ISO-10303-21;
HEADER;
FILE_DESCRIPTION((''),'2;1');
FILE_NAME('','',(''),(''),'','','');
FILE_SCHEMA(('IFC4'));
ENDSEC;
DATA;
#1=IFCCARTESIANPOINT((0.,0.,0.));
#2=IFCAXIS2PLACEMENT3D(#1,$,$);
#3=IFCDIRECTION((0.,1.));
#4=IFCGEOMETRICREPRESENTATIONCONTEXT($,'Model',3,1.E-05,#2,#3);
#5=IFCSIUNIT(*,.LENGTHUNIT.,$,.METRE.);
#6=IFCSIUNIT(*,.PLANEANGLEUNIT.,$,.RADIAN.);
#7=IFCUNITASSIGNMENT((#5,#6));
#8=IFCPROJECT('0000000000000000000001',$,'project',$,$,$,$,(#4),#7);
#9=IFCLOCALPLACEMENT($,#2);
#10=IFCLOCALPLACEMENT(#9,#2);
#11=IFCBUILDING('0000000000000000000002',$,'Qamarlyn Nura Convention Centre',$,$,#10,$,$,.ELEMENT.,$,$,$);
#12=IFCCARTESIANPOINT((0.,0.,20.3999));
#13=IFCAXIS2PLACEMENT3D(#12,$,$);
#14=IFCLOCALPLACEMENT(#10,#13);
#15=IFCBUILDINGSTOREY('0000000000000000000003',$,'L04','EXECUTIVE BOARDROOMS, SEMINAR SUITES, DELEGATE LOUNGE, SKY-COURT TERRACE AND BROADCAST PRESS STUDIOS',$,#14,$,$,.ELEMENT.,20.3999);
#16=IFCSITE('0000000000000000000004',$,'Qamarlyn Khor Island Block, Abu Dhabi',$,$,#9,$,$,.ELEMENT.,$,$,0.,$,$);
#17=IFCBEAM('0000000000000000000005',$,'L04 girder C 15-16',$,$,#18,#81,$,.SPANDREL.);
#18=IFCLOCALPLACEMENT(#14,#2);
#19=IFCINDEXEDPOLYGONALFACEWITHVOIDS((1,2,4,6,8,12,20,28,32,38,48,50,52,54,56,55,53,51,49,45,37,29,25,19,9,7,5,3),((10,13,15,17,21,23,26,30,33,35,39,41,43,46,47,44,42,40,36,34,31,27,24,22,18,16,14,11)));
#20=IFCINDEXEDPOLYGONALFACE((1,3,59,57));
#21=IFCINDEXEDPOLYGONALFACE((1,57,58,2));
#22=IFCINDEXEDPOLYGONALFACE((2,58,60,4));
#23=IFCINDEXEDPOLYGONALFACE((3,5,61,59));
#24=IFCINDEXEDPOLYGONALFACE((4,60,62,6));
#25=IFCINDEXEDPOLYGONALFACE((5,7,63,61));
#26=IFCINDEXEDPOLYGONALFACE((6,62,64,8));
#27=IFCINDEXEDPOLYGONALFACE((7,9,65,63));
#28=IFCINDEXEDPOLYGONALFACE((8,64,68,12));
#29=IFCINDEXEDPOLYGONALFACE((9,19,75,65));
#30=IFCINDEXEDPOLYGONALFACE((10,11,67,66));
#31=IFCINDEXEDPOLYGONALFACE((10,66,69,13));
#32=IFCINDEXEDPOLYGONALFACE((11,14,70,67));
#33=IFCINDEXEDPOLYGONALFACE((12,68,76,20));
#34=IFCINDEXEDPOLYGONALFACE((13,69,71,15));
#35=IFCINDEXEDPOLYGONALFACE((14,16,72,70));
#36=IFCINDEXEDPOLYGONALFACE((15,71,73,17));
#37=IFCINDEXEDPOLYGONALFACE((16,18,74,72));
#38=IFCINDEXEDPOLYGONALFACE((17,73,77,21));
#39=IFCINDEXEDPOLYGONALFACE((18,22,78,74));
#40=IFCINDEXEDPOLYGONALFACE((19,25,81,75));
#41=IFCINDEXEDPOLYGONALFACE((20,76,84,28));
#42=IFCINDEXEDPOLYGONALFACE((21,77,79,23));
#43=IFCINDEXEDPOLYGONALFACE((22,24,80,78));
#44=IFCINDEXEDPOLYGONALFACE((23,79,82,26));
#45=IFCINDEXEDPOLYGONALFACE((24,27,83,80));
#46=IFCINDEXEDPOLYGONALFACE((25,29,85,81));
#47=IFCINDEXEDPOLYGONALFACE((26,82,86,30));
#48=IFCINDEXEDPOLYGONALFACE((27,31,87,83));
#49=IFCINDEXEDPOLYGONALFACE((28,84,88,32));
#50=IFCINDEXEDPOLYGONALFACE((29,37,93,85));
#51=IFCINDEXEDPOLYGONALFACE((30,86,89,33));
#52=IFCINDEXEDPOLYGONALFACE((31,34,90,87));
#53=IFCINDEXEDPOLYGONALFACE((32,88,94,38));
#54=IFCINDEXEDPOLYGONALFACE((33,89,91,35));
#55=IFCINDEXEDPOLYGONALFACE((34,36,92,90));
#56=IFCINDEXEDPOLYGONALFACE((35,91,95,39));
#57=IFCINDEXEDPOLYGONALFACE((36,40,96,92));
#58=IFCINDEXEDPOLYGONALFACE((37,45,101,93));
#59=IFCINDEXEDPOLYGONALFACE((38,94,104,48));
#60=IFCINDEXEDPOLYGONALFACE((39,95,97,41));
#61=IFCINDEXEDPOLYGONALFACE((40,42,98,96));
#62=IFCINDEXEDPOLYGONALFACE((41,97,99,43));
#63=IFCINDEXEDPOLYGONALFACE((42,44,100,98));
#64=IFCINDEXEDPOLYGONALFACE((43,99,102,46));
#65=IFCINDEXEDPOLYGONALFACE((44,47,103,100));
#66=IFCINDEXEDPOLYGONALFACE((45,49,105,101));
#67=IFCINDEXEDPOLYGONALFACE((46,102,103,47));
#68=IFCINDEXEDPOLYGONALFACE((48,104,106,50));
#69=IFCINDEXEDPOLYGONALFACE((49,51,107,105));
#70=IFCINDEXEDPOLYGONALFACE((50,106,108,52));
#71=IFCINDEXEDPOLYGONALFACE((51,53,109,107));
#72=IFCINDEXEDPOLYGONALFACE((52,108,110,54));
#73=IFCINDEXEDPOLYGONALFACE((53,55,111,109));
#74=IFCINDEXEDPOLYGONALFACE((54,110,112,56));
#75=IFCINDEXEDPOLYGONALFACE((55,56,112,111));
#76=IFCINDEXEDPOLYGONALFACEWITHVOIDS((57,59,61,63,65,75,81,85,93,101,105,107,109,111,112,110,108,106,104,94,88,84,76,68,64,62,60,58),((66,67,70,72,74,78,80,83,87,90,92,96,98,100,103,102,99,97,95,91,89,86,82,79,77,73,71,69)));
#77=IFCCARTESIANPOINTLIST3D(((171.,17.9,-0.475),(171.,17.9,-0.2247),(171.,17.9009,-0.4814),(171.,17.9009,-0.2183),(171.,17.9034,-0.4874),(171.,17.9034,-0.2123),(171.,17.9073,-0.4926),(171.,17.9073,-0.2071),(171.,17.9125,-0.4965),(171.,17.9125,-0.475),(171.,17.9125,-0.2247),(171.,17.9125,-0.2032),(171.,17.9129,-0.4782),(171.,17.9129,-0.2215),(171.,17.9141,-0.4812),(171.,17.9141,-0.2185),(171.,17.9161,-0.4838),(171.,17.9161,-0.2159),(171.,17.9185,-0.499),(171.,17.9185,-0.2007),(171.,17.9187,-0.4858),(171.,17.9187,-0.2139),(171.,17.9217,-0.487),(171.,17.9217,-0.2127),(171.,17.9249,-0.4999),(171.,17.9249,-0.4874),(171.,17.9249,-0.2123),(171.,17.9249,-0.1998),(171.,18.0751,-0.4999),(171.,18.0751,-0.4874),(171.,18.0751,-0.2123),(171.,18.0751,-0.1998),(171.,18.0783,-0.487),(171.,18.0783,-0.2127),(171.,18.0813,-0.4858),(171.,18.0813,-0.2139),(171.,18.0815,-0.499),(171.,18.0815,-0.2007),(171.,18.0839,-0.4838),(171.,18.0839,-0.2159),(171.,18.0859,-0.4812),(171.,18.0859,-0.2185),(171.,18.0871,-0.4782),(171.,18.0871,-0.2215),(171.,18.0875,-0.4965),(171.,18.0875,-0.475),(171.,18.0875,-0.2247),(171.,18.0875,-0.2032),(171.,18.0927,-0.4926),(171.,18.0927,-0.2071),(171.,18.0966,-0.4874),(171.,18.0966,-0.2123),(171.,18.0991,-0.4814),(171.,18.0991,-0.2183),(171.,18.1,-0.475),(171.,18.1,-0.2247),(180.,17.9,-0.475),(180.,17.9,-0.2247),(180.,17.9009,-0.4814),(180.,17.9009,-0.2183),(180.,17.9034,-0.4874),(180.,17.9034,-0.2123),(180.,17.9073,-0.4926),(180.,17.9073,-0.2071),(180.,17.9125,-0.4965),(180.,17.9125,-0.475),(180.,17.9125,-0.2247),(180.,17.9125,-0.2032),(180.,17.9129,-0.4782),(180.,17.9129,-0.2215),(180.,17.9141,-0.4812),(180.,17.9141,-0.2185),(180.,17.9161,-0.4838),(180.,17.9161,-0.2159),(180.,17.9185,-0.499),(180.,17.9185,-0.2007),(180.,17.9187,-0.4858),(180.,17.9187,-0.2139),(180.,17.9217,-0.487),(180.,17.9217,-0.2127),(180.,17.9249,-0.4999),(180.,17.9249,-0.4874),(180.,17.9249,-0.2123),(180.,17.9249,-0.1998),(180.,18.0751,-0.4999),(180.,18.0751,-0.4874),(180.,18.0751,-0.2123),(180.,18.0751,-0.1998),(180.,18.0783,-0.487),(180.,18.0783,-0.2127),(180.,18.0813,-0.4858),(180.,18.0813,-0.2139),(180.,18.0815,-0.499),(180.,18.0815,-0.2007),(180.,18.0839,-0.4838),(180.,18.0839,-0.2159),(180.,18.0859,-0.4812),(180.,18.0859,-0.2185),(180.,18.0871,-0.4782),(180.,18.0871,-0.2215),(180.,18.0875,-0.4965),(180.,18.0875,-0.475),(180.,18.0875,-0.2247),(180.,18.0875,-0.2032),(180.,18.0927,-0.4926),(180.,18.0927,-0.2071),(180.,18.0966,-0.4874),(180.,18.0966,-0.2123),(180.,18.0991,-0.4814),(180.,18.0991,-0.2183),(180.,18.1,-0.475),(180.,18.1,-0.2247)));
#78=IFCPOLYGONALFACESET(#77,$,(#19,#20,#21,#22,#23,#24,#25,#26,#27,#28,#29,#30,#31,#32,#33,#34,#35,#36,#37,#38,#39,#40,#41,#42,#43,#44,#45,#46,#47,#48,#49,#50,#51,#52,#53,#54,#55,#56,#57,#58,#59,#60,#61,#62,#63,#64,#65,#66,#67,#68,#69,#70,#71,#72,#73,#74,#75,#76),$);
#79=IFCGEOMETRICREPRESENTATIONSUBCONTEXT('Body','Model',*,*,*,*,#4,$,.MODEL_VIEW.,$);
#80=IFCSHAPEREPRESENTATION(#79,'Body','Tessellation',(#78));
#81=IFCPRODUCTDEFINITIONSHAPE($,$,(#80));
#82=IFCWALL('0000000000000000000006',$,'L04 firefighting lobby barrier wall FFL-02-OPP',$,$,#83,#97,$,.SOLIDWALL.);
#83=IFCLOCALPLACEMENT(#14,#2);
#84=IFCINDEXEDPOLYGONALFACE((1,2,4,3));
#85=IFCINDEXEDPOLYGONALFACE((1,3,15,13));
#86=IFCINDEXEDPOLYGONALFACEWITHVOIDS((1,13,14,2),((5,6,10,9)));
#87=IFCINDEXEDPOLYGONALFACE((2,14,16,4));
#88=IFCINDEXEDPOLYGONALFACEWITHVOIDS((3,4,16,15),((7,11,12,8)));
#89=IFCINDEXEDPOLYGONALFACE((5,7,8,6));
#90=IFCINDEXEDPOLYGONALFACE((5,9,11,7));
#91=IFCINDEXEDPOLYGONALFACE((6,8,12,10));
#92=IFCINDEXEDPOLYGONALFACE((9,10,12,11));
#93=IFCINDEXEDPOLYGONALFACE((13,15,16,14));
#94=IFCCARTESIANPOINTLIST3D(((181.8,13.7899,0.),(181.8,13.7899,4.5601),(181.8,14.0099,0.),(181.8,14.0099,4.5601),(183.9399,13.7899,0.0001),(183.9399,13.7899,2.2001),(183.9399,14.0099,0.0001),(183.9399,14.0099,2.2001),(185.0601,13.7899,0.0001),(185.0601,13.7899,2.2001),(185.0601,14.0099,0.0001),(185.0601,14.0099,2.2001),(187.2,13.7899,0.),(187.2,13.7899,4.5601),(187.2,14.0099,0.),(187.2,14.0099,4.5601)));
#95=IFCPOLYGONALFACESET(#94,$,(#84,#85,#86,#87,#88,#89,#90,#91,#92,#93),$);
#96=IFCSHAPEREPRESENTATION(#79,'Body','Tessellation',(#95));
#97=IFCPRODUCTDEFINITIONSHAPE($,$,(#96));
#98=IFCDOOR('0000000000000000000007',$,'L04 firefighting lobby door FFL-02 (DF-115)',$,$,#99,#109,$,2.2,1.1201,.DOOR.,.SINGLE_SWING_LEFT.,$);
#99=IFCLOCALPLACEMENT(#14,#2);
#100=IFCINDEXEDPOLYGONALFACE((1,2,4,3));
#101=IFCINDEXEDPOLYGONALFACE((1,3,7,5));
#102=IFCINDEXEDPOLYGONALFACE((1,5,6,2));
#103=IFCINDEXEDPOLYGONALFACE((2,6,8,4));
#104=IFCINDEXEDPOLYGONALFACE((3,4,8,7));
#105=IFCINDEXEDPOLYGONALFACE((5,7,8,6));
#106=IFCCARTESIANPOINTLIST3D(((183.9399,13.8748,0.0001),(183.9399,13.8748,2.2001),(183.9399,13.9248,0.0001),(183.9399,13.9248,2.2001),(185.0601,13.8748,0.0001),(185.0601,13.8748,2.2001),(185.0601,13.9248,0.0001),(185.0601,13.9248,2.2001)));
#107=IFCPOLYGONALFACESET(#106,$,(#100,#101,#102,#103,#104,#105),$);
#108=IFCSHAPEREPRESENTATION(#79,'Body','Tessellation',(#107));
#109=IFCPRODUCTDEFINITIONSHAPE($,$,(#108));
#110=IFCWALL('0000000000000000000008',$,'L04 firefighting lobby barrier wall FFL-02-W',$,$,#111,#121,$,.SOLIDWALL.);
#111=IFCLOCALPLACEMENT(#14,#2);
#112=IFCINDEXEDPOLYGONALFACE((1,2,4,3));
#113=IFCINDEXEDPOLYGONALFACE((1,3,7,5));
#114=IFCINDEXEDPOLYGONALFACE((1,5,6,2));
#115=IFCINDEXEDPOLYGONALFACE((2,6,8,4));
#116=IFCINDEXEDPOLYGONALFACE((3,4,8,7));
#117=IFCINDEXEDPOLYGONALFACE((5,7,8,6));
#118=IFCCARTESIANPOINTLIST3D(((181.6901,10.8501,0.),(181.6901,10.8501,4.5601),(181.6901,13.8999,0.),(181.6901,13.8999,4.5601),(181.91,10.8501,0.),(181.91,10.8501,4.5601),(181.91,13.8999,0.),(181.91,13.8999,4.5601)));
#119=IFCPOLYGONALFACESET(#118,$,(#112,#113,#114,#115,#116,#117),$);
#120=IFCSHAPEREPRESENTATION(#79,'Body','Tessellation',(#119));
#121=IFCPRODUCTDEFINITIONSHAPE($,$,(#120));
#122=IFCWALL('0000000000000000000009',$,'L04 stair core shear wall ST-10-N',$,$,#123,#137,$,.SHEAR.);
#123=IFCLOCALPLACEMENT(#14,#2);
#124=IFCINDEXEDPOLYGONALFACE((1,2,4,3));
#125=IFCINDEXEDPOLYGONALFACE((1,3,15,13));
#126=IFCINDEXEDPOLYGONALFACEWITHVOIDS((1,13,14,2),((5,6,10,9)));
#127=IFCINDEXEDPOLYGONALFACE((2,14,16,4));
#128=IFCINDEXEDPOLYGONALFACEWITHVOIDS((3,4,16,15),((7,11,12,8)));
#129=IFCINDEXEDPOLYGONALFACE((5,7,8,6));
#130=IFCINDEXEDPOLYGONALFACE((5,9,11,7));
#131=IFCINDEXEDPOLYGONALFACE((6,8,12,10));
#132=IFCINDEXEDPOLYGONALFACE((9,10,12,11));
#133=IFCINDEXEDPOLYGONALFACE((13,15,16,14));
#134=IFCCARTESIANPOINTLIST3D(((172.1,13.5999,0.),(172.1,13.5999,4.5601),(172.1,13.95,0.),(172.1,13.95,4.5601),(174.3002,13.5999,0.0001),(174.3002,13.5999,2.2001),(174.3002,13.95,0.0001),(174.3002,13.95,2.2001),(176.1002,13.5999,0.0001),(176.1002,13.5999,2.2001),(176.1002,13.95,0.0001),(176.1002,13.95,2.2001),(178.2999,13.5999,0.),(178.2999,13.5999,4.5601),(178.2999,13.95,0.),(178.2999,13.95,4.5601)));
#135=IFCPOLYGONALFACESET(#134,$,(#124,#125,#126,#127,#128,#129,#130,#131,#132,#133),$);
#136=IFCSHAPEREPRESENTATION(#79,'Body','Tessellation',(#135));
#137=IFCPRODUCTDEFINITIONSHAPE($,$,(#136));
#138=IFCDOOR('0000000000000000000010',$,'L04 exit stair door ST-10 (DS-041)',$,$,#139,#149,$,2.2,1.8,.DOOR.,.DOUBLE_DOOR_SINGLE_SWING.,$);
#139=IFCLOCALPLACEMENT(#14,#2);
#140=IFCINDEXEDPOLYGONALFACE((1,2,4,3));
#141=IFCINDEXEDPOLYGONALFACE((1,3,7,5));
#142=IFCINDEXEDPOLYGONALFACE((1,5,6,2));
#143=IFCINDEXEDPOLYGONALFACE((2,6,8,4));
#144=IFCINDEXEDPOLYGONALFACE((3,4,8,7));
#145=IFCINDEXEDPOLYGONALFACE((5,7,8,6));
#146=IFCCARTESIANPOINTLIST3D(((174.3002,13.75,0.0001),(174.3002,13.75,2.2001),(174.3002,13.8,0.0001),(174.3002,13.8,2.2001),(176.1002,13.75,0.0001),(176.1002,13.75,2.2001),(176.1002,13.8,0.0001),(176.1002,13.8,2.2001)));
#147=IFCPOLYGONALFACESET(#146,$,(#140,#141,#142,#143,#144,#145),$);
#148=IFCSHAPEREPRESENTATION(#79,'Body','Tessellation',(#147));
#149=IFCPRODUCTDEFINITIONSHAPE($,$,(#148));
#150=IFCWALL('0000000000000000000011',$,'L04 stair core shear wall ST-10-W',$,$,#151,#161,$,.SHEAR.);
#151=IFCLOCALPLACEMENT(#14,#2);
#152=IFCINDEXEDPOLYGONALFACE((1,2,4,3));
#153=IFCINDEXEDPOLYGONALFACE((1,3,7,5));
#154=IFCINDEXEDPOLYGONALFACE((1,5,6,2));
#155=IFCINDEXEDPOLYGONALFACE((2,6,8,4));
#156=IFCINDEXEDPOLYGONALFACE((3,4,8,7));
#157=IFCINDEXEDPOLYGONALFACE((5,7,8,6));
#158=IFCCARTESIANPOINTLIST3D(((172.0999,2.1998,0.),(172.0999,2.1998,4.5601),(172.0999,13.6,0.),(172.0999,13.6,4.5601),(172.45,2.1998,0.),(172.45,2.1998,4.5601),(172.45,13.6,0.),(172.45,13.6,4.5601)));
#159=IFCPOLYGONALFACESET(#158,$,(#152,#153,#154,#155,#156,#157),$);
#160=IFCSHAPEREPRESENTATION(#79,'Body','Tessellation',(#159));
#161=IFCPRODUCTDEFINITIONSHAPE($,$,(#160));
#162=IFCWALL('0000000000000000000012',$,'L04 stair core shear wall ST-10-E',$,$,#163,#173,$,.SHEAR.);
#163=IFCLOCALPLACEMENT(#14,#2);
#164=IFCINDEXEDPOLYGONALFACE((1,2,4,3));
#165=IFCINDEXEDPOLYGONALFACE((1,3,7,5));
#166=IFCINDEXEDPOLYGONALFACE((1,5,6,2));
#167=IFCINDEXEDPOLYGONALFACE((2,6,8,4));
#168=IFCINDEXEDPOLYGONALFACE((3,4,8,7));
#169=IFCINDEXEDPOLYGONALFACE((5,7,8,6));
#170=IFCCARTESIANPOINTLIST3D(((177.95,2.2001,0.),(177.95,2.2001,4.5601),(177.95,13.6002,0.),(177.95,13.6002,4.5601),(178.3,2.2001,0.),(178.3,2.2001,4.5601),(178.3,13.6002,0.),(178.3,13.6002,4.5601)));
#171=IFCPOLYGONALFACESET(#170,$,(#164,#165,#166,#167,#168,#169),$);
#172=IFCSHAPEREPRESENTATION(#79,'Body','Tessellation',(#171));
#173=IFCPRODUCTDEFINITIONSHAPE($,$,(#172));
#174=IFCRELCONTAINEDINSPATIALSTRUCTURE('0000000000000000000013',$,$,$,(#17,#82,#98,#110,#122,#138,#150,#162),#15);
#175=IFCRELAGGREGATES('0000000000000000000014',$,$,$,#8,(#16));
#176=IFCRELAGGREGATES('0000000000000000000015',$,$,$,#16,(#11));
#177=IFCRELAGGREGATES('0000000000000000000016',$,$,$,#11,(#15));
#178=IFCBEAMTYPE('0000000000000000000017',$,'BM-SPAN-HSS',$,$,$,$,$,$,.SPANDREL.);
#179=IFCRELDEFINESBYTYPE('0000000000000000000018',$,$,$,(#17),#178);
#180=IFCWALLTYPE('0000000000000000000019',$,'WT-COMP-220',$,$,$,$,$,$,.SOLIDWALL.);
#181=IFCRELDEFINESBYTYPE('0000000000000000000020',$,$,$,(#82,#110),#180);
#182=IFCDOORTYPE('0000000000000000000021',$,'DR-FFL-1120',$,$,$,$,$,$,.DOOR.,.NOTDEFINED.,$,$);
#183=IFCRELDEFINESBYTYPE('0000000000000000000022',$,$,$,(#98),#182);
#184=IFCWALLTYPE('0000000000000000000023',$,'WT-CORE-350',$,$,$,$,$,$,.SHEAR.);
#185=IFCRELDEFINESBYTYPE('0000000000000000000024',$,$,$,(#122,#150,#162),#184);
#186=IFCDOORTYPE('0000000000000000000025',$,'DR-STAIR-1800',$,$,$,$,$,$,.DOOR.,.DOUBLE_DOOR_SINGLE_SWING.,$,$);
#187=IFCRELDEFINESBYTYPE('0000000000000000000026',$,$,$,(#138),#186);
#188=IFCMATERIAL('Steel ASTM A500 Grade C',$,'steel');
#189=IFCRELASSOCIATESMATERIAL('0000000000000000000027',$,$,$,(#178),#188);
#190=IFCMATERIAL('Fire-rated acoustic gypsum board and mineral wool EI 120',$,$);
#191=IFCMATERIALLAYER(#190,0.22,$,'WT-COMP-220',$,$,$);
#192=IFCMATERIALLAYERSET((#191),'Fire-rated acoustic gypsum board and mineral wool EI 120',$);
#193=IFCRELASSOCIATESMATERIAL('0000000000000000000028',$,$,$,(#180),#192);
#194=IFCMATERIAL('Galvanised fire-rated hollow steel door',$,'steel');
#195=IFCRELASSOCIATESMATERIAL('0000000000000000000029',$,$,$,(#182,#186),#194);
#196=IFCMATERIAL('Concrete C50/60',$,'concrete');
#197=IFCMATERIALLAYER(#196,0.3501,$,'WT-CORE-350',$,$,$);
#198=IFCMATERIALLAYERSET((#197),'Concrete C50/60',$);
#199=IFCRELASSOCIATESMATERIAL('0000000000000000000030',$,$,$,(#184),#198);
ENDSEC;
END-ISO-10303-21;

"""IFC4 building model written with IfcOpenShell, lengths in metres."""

from ifc_helpers import new_model, si_unit, direction, frame, frame_2d, origin, origin_2d, place, context, subcontext, project, spatial, rectangle, hollow_rectangle, extrude, material, layer, layer_set, material_profile, profile_set, type_object, element, fill, save


model = new_model("IFC4")

# Units and contexts
model_context = context("Model", 3, precision=1e-05, world=origin(), true_north=direction((0.0, 1.0)))
body_context = subcontext(model_context, "Body", "Model", "MODEL_VIEW")
ifc_project = project(units=[si_unit("LENGTHUNIT", "METRE"), si_unit("PLANEANGLEUNIT", "RADIAN")], contexts=[model_context])

# Site, building, storey
site_placement = place(None, origin())
site = spatial("IfcSite", under=ifc_project, at=site_placement, Name="Qamarlyn Khor Island Block, Abu Dhabi", CompositionType="ELEMENT", RefElevation=0.0)
building_placement = place(site_placement, origin())
building = spatial("IfcBuilding", under=site, at=building_placement, Name="Qamarlyn Nura Convention Centre", CompositionType="ELEMENT")
storey_placement = place(building_placement, frame((0.0, 0.0, 20.3999)))
storey = spatial("IfcBuildingStorey", under=building, at=storey_placement, Name="L04", Description="EXECUTIVE BOARDROOMS, SEMINAR SUITES, DELEGATE LOUNGE, SKY-COURT TERRACE AND BROADCAST PRESS STUDIOS", CompositionType="ELEMENT", Elevation=20.3999)

# Beam
ifc_material_1 = material(Name="Steel ASTM A500 Grade C", Category="steel")
ifc_material_profile_1 = material_profile(ifc_material_1, hollow_rectangle(XDim=0.2, YDim=0.3, WallThickness=0.0125, InnerFilletRadius=0.0125, OuterFilletRadius=0.0249, at=origin_2d()), Name="HSS300X200X12.5")
ifc_profile_set_1 = profile_set([ifc_material_profile_1], Name="Steel ASTM A500 Grade C")
beam_type_1 = type_object("IfcBeamType", Name="BM-SPAN-HSS", PredefinedType="SPANDREL", material=ifc_profile_set_1)
beam_1_placement = place(storey_placement, frame((171.0, 18.0, -0.3499), z_axis=(1.0, 0.0, 0.0), x_axis=(0.0, 1.0, 0.0)))
element("IfcBeam", 1, at=beam_1_placement, inside=storey, type_object=beam_type_1, Name="L04 girder C 15-16", PredefinedType="SPANDREL", context=body_context, shape_type="SweptSolid", body=[
    extrude(hollow_rectangle(XDim=0.2, YDim=0.3, WallThickness=0.0125, InnerFilletRadius=0.0125, OuterFilletRadius=0.0249, at=origin_2d()), origin(), (0.0, 0.0, 1.0), 9.0),
])

# Wall, opening, door
ifc_material_2 = material(Name="Fire-rated acoustic gypsum board and mineral wool EI 120")
ifc_layer_1 = layer(ifc_material_2, 0.22, Name="WT-COMP-220")
ifc_layer_set_1 = layer_set([ifc_layer_1], Name="Fire-rated acoustic gypsum board and mineral wool EI 120")
wall_type_1 = type_object("IfcWallType", Name="WT-COMP-220", PredefinedType="SOLIDWALL", material=ifc_layer_set_1)
wall_1_placement = place(storey_placement, frame((181.8, 13.8999, 0.0), z_axis=(0.0, 0.0, 1.0), x_axis=(1.0, 0.0, 0.0)))
wall_1 = element("IfcWall", 2, at=wall_1_placement, inside=storey, type_object=wall_type_1, Name="L04 firefighting lobby barrier wall FFL-02-OPP", PredefinedType="SOLIDWALL", context=body_context, shape_type="SweptSolid", body=[
    extrude(rectangle(XDim=5.3999, YDim=0.22, at=frame_2d((2.7, 0.0))), origin(), (0.0, 0.0, 1.0), 4.5601),
])
opening_1_placement = place(wall_1_placement, frame((2.1399, 0.0, 0.0)))
opening_1 = element("IfcOpeningElement", 3, at=opening_1_placement, cuts=wall_1, PredefinedType="OPENING", context=body_context, shape_type="SweptSolid", body=[
    extrude(rectangle(XDim=1.1201, YDim=2.2, at=frame_2d((0.5601, 1.1001))), frame((0.0, 0.1201, 0.0), z_axis=(0.0, -1.0, 0.0), x_axis=(1.0, 0.0, 0.0)), (0.0, 0.0, 1.0), 0.24),
])
ifc_material_3 = material(Name="Galvanised fire-rated hollow steel door", Category="steel")
door_type_1 = type_object("IfcDoorType", Name="DR-FFL-1120", OperationType="NOTDEFINED", PredefinedType="DOOR", material=ifc_material_3)
door_1_placement = place(opening_1_placement, origin())
door_1 = element("IfcDoor", 4, at=door_1_placement, inside=storey, type_object=door_type_1, Name="L04 firefighting lobby door FFL-02 (DF-115)", OperationType="SINGLE_SWING_LEFT", OverallHeight=2.2, OverallWidth=1.1201, PredefinedType="DOOR", context=body_context, shape_type="SweptSolid", body=[
    extrude(rectangle(XDim=1.1201, YDim=2.2, at=frame_2d((0.5601, 1.1001))), frame((0.0, 0.0249, 0.0), z_axis=(0.0, -1.0, 0.0), x_axis=(1.0, 0.0, 0.0)), (0.0, 0.0, 1.0), 0.05),
])
fill(opening_1, door_1)

# Wall
wall_2_placement = place(storey_placement, frame((181.8, 10.8501, 0.0), z_axis=(0.0, 0.0, 1.0), x_axis=(0.0, 1.0, 0.0)))
element("IfcWall", 5, at=wall_2_placement, inside=storey, type_object=wall_type_1, Name="L04 firefighting lobby barrier wall FFL-02-W", PredefinedType="SOLIDWALL", context=body_context, shape_type="SweptSolid", body=[
    extrude(rectangle(XDim=3.0498, YDim=0.22, at=frame_2d((1.5249, 0.0))), origin(), (0.0, 0.0, 1.0), 4.5601),
])

# Wall, opening, door
ifc_material_4 = material(Name="Concrete C50/60", Category="concrete")
ifc_layer_2 = layer(ifc_material_4, 0.3501, Name="WT-CORE-350")
ifc_layer_set_2 = layer_set([ifc_layer_2], Name="Concrete C50/60")
wall_type_2 = type_object("IfcWallType", Name="WT-CORE-350", PredefinedType="SHEAR", material=ifc_layer_set_2)
wall_3_placement = place(storey_placement, frame((178.3, 13.7749, 0.0), z_axis=(0.0, 0.0, 1.0), x_axis=(-1.0, 0.0, 0.0)))
wall_3 = element("IfcWall", 6, at=wall_3_placement, inside=storey, type_object=wall_type_2, Name="L04 stair core shear wall ST-10-N", PredefinedType="SHEAR", context=body_context, shape_type="SweptSolid", body=[
    extrude(rectangle(XDim=6.2, YDim=0.3501, at=frame_2d((3.1001, 0.0))), origin(), (0.0, 0.0, 1.0), 4.5601),
])
opening_2_placement = place(wall_3_placement, frame((2.2, 0.0, 0.0)))
opening_2 = element("IfcOpeningElement", 7, at=opening_2_placement, cuts=wall_3, PredefinedType="OPENING", context=body_context, shape_type="SweptSolid", body=[
    extrude(rectangle(XDim=1.8, YDim=2.2, at=frame_2d((0.8999, 1.1001))), frame((0.0, 0.1851, 0.0), z_axis=(0.0, -1.0, 0.0), x_axis=(1.0, 0.0, 0.0)), (0.0, 0.0, 1.0), 0.3701),
])
door_type_2 = type_object("IfcDoorType", Name="DR-STAIR-1800", OperationType="DOUBLE_DOOR_SINGLE_SWING", PredefinedType="DOOR", material=ifc_material_3)
door_2_placement = place(opening_2_placement, origin())
door_2 = element("IfcDoor", 8, at=door_2_placement, inside=storey, type_object=door_type_2, Name="L04 exit stair door ST-10 (DS-041)", OperationType="DOUBLE_DOOR_SINGLE_SWING", OverallHeight=2.2, OverallWidth=1.8, PredefinedType="DOOR", context=body_context, shape_type="SweptSolid", body=[
    extrude(rectangle(XDim=1.8, YDim=2.2, at=frame_2d((0.8999, 1.1001))), frame((0.0, 0.0249, 0.0), z_axis=(0.0, -1.0, 0.0), x_axis=(1.0, 0.0, 0.0)), (0.0, 0.0, 1.0), 0.05),
])
fill(opening_2, door_2)

# Walls
for number, where, z_axis, x_axis, name in (
    (9, (172.2749, 13.6001, 0.0), (0.0, 0.0, 1.0), (0.0, -1.0, 0.0), "L04 stair core shear wall ST-10-W"),
    (10, (178.125, 2.2, 0.0), (0.0, 0.0, 1.0), (0.0, 1.0, 0.0), "L04 stair core shear wall ST-10-E"),
):
    element("IfcWall", number, at=place(storey_placement, frame(where, z_axis=z_axis, x_axis=x_axis)), inside=storey, type_object=wall_type_2, Name=name, PredefinedType="SHEAR", context=body_context, shape_type="SweptSolid", body=[
        extrude(rectangle(XDim=11.4001, YDim=0.3501, at=frame_2d((5.7002, 0.0))), origin(), (0.0, 0.0, 1.0), 4.5601),
    ])

save(model, "model.ifc")
